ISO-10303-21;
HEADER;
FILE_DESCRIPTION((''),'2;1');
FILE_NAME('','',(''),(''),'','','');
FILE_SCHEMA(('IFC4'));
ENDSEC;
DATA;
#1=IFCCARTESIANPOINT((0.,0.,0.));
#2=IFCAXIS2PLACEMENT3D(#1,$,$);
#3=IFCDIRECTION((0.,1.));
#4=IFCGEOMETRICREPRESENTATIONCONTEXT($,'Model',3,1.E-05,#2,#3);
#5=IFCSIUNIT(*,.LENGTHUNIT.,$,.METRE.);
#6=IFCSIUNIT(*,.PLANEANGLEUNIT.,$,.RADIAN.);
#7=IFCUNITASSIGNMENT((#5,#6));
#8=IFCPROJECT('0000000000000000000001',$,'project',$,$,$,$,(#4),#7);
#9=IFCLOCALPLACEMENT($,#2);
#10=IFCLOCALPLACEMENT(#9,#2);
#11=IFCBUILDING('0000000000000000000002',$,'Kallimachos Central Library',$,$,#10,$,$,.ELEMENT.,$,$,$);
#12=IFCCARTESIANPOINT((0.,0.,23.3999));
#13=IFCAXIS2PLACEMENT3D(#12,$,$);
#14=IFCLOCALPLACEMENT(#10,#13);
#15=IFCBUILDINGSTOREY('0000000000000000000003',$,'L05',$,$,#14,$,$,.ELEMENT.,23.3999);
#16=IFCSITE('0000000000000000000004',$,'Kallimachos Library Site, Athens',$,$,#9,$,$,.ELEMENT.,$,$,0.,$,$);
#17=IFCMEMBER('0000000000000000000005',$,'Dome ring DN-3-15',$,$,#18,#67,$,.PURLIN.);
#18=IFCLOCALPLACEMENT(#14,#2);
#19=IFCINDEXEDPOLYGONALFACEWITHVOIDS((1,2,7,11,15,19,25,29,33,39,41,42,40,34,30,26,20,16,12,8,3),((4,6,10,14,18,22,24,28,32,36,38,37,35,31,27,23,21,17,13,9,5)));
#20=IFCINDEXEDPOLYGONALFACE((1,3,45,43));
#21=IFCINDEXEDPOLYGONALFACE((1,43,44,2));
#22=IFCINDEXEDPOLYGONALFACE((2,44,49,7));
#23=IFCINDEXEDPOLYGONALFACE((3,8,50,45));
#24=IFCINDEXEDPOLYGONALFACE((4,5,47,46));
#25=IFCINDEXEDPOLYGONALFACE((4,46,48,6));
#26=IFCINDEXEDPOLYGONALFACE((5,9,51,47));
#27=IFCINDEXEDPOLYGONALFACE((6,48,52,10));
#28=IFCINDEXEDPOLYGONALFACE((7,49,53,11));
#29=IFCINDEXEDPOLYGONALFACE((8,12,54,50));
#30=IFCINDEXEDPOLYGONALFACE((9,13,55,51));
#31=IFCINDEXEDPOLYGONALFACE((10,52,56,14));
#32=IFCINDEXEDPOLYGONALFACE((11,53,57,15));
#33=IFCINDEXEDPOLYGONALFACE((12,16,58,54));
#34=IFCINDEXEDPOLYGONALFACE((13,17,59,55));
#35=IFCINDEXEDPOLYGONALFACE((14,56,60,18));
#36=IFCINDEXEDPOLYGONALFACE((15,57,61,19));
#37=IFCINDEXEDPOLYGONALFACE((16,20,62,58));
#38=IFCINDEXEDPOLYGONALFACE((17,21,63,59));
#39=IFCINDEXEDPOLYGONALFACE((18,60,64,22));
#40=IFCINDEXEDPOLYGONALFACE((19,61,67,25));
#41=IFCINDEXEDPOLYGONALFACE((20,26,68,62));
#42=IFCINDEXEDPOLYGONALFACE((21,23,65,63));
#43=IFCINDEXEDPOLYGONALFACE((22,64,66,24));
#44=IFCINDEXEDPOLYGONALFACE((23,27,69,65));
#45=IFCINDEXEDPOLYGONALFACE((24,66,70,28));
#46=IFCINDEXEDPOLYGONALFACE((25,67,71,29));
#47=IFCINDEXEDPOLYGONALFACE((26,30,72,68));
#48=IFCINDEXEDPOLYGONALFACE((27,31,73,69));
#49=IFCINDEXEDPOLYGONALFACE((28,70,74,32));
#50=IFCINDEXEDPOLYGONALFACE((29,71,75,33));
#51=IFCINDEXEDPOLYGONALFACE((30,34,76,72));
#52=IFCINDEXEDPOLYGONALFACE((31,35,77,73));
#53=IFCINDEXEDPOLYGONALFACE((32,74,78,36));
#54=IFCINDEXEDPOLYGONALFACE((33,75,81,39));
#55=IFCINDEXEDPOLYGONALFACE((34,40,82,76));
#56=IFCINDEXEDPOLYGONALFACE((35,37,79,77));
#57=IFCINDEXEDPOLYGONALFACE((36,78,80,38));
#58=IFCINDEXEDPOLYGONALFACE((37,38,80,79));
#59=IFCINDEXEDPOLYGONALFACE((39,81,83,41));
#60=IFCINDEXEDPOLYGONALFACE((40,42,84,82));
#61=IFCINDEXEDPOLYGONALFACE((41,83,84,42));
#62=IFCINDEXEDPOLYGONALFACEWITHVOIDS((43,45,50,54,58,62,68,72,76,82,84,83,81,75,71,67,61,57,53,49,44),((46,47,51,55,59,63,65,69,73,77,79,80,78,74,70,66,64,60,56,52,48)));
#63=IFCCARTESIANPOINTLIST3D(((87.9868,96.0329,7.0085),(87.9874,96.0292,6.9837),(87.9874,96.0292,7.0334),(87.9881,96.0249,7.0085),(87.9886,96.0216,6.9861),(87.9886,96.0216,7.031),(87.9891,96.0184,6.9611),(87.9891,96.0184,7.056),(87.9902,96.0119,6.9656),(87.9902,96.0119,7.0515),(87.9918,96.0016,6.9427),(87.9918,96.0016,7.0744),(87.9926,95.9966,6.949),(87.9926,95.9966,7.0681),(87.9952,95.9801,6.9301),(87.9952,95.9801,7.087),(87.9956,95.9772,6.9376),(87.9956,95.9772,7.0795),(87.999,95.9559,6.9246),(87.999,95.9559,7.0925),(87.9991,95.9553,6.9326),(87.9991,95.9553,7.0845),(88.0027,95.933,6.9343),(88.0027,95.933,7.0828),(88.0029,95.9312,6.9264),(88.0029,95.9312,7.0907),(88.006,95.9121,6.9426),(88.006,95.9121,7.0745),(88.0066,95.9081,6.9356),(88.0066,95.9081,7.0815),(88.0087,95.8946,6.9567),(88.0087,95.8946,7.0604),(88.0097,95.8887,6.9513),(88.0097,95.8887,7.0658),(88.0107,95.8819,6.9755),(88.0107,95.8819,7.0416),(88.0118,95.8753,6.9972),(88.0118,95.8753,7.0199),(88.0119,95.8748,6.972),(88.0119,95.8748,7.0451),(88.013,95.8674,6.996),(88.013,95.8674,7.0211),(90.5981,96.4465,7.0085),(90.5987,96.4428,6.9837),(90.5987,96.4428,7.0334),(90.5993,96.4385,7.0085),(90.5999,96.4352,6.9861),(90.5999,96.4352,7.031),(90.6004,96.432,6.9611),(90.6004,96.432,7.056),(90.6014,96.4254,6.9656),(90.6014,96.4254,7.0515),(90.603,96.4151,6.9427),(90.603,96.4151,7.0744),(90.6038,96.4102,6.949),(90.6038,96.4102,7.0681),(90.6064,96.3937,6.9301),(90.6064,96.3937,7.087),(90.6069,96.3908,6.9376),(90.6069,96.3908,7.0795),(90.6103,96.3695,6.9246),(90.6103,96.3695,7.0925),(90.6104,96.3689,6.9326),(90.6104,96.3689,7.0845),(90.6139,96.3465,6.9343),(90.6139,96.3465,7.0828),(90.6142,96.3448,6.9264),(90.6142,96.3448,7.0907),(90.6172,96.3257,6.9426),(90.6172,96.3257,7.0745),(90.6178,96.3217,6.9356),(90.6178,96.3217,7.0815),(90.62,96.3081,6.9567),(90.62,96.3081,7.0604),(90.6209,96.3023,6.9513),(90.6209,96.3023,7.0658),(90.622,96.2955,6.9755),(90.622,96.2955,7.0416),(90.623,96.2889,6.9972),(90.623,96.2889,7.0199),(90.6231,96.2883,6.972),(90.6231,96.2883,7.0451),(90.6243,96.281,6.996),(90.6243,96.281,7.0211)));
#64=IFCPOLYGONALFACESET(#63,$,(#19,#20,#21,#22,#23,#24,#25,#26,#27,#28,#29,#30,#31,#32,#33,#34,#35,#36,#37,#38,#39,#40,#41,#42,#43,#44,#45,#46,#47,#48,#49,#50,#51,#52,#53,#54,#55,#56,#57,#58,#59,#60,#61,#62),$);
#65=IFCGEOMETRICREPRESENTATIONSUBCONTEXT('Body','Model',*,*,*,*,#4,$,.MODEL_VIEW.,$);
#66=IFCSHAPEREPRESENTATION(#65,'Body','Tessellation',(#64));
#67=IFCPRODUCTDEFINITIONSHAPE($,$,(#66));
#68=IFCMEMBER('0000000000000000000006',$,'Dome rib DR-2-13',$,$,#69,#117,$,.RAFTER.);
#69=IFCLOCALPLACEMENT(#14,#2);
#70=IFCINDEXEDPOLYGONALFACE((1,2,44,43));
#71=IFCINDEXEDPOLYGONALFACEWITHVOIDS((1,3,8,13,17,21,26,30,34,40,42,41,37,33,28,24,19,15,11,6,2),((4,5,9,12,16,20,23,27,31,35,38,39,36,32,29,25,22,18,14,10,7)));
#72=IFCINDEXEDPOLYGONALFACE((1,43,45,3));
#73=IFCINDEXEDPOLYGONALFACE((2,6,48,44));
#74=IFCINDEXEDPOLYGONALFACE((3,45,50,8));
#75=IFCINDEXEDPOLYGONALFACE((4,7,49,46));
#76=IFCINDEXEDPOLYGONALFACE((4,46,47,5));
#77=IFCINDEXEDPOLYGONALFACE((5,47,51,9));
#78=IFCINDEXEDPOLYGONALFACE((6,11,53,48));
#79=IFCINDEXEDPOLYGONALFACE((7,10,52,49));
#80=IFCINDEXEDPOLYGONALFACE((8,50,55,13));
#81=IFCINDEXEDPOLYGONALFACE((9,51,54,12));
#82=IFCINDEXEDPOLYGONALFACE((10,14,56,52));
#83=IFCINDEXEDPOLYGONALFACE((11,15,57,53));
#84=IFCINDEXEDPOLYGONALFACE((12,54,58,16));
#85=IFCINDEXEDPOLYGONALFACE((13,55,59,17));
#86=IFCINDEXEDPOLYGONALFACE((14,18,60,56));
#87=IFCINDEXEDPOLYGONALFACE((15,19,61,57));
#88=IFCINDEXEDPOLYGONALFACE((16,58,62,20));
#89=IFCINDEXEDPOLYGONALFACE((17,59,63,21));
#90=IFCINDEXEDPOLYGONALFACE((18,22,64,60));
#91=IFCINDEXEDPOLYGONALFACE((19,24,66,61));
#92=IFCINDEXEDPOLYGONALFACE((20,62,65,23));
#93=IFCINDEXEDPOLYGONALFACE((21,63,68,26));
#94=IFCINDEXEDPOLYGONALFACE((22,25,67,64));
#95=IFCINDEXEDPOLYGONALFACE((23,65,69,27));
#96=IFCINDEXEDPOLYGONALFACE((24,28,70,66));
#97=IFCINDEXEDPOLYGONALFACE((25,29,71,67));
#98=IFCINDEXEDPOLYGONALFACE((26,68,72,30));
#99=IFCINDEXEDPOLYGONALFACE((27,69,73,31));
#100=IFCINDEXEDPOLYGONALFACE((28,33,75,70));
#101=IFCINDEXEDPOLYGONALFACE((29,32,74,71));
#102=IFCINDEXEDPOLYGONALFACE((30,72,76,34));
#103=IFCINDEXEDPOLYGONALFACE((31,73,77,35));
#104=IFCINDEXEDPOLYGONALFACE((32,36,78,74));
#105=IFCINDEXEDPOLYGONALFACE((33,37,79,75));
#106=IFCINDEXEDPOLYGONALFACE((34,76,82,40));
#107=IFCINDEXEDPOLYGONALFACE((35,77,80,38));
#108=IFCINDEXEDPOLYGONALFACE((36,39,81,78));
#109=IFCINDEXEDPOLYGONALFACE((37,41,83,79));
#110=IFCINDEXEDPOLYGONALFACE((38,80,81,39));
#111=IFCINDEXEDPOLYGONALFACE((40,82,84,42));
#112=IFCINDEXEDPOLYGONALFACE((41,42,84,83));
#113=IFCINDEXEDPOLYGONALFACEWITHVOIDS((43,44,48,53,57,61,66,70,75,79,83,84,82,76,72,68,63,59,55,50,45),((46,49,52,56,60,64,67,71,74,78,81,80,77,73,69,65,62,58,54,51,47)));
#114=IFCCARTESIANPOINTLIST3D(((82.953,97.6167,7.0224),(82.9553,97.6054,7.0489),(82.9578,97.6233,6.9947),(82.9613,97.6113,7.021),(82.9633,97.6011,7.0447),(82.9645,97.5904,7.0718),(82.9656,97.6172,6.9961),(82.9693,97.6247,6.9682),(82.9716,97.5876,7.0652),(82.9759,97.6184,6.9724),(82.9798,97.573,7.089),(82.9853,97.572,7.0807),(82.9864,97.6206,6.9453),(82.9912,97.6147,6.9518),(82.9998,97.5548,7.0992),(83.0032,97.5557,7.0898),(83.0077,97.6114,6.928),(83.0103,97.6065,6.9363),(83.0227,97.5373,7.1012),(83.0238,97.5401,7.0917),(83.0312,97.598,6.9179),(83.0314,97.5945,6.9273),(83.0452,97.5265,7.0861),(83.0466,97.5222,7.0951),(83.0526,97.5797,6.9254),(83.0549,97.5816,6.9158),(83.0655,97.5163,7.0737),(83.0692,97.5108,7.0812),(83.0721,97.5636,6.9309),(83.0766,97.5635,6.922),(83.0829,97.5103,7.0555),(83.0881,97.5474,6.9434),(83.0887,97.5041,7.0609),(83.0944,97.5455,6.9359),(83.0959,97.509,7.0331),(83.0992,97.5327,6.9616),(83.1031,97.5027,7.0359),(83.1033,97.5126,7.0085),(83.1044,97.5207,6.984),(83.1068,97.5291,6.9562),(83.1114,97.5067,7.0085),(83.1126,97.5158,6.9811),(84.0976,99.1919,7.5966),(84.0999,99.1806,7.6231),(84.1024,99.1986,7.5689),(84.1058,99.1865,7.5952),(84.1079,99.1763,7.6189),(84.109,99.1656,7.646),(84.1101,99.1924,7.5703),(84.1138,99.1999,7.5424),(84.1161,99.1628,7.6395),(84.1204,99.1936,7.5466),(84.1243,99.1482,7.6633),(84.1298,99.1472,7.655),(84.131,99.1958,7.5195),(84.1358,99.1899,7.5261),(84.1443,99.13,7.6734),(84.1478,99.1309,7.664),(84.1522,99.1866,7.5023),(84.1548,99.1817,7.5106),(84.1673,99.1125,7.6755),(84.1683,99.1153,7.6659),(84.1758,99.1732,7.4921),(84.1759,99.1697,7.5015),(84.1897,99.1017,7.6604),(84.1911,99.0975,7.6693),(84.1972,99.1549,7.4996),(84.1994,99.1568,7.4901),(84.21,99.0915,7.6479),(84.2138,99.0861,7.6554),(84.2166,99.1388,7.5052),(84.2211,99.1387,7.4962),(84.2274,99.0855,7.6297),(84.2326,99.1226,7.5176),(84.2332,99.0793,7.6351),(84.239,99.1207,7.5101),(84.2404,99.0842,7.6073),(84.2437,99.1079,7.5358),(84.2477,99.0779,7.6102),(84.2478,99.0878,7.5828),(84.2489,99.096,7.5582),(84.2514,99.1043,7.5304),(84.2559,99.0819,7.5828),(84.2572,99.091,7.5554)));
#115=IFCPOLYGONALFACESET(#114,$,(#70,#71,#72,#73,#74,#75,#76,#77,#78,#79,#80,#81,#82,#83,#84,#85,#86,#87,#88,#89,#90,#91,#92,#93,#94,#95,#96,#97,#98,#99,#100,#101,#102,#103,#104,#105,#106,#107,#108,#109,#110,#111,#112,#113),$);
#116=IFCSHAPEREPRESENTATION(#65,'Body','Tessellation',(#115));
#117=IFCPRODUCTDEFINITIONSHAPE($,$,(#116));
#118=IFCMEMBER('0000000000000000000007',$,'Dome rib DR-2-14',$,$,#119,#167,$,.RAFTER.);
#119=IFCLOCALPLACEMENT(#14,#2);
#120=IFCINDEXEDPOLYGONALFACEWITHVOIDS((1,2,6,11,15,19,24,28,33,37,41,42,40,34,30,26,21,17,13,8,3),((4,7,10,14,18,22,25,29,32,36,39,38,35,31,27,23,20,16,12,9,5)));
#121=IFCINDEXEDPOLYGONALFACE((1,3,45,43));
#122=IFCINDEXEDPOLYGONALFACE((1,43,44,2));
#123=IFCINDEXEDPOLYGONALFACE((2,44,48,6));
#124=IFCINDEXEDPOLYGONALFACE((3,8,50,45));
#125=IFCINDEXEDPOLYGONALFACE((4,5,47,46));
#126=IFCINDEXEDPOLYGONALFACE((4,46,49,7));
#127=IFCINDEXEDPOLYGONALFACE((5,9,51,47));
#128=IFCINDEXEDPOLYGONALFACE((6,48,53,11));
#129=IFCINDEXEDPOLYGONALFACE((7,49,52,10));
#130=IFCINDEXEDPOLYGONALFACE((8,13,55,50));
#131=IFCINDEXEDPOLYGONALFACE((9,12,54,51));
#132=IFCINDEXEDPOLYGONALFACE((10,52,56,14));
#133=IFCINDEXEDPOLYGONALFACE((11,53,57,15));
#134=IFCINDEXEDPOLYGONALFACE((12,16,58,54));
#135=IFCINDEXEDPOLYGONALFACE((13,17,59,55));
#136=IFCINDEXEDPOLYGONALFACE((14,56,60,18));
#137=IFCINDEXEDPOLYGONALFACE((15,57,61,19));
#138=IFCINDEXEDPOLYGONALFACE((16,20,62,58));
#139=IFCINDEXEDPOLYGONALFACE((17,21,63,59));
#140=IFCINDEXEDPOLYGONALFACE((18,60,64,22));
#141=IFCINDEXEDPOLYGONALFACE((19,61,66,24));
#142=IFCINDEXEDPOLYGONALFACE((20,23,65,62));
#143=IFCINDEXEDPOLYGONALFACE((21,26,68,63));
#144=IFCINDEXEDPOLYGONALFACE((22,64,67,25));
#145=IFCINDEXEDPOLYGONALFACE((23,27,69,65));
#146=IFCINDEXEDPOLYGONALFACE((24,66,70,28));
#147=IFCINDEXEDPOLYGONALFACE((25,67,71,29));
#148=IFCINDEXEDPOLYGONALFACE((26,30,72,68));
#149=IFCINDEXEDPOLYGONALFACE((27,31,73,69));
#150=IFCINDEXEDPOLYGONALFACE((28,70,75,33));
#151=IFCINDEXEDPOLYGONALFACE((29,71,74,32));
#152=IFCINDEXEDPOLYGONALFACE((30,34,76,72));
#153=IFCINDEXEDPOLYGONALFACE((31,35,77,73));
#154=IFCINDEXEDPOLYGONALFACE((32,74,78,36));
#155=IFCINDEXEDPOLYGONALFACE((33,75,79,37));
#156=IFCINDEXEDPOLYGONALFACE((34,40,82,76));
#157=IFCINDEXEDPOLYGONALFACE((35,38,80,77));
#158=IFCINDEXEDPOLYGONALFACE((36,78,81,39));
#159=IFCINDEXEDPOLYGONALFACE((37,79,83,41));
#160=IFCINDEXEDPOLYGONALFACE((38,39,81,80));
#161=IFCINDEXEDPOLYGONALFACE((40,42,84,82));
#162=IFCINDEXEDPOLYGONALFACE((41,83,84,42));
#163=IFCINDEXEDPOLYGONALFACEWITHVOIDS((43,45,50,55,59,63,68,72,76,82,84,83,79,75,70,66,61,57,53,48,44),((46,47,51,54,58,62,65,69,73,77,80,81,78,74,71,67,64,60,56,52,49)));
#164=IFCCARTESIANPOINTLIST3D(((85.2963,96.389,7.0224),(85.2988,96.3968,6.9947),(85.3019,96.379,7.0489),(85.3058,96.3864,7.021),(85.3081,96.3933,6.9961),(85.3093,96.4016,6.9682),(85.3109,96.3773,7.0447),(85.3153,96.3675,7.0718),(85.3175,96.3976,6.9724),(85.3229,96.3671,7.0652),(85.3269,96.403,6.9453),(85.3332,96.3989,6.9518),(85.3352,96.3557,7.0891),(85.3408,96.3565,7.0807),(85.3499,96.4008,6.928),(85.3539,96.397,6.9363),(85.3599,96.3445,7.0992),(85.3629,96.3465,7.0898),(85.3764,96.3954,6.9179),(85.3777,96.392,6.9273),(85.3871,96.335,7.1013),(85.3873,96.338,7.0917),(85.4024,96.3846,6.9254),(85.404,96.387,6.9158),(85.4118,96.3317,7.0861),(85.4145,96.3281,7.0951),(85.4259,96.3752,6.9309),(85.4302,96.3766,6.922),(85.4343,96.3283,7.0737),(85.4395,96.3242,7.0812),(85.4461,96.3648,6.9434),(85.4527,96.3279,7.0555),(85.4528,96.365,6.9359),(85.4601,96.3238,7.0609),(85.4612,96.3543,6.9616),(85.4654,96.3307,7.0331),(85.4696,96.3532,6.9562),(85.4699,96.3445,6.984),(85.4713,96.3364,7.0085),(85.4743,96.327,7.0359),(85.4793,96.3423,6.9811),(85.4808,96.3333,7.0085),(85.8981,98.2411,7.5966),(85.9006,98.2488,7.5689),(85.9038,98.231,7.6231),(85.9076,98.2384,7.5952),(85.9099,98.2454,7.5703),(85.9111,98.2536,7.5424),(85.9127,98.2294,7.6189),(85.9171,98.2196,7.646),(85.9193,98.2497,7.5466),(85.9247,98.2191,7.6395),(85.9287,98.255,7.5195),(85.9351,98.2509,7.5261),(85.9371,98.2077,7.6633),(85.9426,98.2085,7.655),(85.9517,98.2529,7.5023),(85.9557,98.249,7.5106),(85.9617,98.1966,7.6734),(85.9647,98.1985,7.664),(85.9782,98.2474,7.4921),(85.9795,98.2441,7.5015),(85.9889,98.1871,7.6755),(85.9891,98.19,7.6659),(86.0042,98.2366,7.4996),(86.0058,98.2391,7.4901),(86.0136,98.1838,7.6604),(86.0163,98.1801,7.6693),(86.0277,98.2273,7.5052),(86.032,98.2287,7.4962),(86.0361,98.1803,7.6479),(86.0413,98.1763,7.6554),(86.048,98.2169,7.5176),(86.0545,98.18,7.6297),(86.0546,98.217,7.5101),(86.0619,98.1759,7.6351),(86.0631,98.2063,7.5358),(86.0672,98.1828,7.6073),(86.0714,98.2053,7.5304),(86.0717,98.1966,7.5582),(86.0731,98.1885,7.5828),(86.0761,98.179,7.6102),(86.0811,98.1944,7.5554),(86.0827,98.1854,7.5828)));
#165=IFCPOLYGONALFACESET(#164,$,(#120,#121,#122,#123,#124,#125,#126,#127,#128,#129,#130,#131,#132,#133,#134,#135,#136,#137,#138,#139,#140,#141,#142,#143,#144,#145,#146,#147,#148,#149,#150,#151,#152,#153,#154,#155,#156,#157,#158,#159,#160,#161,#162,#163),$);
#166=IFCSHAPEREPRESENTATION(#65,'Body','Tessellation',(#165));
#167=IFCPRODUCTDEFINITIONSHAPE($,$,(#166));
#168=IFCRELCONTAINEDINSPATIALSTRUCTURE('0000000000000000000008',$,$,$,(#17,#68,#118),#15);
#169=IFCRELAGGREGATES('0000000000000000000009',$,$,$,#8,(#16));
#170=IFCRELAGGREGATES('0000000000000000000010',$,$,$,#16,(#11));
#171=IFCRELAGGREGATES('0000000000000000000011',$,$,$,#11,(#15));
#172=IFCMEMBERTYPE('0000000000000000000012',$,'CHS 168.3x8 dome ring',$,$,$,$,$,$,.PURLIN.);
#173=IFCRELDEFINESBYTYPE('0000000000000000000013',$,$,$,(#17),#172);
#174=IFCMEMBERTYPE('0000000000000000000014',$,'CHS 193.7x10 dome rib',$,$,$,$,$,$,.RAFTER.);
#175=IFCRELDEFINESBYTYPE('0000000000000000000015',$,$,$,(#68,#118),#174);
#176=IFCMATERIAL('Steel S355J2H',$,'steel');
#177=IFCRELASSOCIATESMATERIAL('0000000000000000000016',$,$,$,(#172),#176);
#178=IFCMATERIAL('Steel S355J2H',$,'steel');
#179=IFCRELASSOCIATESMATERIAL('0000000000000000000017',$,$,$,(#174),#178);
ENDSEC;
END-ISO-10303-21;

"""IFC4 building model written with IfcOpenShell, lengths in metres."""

from ifc_helpers import new_model, si_unit, direction, frame, origin, origin_2d, place, context, subcontext, project, spatial, hollow_circle, extrude, material, material_profile, profile_set, type_object, element, save


model = new_model("IFC4")

# Units and contexts
model_context = context("Model", 3, precision=1e-05, world=origin(), true_north=direction((0.0, 1.0)))
body_context = subcontext(model_context, "Body", "Model", "MODEL_VIEW")
ifc_project = project(units=[si_unit("LENGTHUNIT", "METRE"), si_unit("PLANEANGLEUNIT", "RADIAN")], contexts=[model_context])

# Site, building, storey
site_placement = place(None, origin())
site = spatial("IfcSite", under=ifc_project, at=site_placement, Name="Kallimachos Library Site, Athens", CompositionType="ELEMENT", RefElevation=0.0)
building_placement = place(site_placement, origin())
building = spatial("IfcBuilding", under=site, at=building_placement, Name="Kallimachos Central Library", CompositionType="ELEMENT")
storey_placement = place(building_placement, frame((0.0, 0.0, 23.3999)))
storey = spatial("IfcBuildingStorey", under=building, at=storey_placement, Name="L05", CompositionType="ELEMENT", Elevation=23.3999)

# Members
ifc_material_1 = material(Name="Steel S355J2H", Category="steel")
ifc_material_profile_1 = material_profile(ifc_material_1, hollow_circle(Radius=0.0842, WallThickness=0.0081, at=origin_2d()), Name="CHS 168.3x8")
ifc_profile_set_1 = profile_set([ifc_material_profile_1], Name="Steel S355J2H")
member_type_1 = type_object("IfcMemberType", Name="CHS 168.3x8 dome ring", PredefinedType="PURLIN", material=ifc_profile_set_1)
for number, where, z_axis, x_axis, name in (
    (1, (88.0, 95.9497, 7.0085), (0.987689, 0.156427, 0.0), (-0.156427, 0.987689, 0.0), "Dome ring DN-3-15"),
):
    element("IfcMember", number, at=place(storey_placement, frame(where, z_axis=z_axis, x_axis=x_axis)), inside=storey, type_object=member_type_1, Name=name, PredefinedType="PURLIN", context=body_context, shape_type="SweptSolid", body=[
        extrude(hollow_circle(Radius=0.0842, WallThickness=0.0081, at=origin_2d()), origin(), (0.0, 0.0, 1.0), 2.6438),
    ])
ifc_material_2 = material(Name="Steel S355J2H", Category="steel")
ifc_material_profile_2 = material_profile(ifc_material_2, hollow_circle(Radius=0.0969, WallThickness=0.01, at=origin_2d()), Name="CHS 193.7x10")
ifc_profile_set_2 = profile_set([ifc_material_profile_2], Name="Steel S355J2H")
member_type_2 = type_object("IfcMemberType", Name="CHS 193.7x10 dome rib", PredefinedType="RAFTER", material=ifc_profile_set_2)
member_1_placement = place(storey_placement, frame((84.1775, 99.1389, 7.5828), z_axis=(-0.563807, -0.775956, -0.282866), x_axis=(0.808996, -0.587814, 0.0)))
element("IfcMember", 2, at=member_1_placement, inside=storey, type_object=member_type_2, Name="Dome rib DR-2-13", PredefinedType="RAFTER", context=body_context, shape_type="SweptSolid", body=[
    extrude(hollow_circle(Radius=0.0969, WallThickness=0.01, at=origin_2d()), origin(), (0.0, 0.0, 1.0), 2.03),
])
for number, where, z_axis, x_axis, name in (
    (3, (85.9905, 98.2153, 7.5828), (-0.296417, -0.91222, -0.282829), (0.951051, -0.309035, 0.0), "Dome rib DR-2-14"),
):
    element("IfcMember", number, at=place(storey_placement, frame(where, z_axis=z_axis, x_axis=x_axis)), inside=storey, type_object=member_type_2, Name=name, PredefinedType="RAFTER", context=body_context, shape_type="SweptSolid", body=[
        extrude(hollow_circle(Radius=0.0969, WallThickness=0.01, at=origin_2d()), origin(), (0.0, 0.0, 1.0), 2.0303),
    ])

save(model, "model.ifc")
